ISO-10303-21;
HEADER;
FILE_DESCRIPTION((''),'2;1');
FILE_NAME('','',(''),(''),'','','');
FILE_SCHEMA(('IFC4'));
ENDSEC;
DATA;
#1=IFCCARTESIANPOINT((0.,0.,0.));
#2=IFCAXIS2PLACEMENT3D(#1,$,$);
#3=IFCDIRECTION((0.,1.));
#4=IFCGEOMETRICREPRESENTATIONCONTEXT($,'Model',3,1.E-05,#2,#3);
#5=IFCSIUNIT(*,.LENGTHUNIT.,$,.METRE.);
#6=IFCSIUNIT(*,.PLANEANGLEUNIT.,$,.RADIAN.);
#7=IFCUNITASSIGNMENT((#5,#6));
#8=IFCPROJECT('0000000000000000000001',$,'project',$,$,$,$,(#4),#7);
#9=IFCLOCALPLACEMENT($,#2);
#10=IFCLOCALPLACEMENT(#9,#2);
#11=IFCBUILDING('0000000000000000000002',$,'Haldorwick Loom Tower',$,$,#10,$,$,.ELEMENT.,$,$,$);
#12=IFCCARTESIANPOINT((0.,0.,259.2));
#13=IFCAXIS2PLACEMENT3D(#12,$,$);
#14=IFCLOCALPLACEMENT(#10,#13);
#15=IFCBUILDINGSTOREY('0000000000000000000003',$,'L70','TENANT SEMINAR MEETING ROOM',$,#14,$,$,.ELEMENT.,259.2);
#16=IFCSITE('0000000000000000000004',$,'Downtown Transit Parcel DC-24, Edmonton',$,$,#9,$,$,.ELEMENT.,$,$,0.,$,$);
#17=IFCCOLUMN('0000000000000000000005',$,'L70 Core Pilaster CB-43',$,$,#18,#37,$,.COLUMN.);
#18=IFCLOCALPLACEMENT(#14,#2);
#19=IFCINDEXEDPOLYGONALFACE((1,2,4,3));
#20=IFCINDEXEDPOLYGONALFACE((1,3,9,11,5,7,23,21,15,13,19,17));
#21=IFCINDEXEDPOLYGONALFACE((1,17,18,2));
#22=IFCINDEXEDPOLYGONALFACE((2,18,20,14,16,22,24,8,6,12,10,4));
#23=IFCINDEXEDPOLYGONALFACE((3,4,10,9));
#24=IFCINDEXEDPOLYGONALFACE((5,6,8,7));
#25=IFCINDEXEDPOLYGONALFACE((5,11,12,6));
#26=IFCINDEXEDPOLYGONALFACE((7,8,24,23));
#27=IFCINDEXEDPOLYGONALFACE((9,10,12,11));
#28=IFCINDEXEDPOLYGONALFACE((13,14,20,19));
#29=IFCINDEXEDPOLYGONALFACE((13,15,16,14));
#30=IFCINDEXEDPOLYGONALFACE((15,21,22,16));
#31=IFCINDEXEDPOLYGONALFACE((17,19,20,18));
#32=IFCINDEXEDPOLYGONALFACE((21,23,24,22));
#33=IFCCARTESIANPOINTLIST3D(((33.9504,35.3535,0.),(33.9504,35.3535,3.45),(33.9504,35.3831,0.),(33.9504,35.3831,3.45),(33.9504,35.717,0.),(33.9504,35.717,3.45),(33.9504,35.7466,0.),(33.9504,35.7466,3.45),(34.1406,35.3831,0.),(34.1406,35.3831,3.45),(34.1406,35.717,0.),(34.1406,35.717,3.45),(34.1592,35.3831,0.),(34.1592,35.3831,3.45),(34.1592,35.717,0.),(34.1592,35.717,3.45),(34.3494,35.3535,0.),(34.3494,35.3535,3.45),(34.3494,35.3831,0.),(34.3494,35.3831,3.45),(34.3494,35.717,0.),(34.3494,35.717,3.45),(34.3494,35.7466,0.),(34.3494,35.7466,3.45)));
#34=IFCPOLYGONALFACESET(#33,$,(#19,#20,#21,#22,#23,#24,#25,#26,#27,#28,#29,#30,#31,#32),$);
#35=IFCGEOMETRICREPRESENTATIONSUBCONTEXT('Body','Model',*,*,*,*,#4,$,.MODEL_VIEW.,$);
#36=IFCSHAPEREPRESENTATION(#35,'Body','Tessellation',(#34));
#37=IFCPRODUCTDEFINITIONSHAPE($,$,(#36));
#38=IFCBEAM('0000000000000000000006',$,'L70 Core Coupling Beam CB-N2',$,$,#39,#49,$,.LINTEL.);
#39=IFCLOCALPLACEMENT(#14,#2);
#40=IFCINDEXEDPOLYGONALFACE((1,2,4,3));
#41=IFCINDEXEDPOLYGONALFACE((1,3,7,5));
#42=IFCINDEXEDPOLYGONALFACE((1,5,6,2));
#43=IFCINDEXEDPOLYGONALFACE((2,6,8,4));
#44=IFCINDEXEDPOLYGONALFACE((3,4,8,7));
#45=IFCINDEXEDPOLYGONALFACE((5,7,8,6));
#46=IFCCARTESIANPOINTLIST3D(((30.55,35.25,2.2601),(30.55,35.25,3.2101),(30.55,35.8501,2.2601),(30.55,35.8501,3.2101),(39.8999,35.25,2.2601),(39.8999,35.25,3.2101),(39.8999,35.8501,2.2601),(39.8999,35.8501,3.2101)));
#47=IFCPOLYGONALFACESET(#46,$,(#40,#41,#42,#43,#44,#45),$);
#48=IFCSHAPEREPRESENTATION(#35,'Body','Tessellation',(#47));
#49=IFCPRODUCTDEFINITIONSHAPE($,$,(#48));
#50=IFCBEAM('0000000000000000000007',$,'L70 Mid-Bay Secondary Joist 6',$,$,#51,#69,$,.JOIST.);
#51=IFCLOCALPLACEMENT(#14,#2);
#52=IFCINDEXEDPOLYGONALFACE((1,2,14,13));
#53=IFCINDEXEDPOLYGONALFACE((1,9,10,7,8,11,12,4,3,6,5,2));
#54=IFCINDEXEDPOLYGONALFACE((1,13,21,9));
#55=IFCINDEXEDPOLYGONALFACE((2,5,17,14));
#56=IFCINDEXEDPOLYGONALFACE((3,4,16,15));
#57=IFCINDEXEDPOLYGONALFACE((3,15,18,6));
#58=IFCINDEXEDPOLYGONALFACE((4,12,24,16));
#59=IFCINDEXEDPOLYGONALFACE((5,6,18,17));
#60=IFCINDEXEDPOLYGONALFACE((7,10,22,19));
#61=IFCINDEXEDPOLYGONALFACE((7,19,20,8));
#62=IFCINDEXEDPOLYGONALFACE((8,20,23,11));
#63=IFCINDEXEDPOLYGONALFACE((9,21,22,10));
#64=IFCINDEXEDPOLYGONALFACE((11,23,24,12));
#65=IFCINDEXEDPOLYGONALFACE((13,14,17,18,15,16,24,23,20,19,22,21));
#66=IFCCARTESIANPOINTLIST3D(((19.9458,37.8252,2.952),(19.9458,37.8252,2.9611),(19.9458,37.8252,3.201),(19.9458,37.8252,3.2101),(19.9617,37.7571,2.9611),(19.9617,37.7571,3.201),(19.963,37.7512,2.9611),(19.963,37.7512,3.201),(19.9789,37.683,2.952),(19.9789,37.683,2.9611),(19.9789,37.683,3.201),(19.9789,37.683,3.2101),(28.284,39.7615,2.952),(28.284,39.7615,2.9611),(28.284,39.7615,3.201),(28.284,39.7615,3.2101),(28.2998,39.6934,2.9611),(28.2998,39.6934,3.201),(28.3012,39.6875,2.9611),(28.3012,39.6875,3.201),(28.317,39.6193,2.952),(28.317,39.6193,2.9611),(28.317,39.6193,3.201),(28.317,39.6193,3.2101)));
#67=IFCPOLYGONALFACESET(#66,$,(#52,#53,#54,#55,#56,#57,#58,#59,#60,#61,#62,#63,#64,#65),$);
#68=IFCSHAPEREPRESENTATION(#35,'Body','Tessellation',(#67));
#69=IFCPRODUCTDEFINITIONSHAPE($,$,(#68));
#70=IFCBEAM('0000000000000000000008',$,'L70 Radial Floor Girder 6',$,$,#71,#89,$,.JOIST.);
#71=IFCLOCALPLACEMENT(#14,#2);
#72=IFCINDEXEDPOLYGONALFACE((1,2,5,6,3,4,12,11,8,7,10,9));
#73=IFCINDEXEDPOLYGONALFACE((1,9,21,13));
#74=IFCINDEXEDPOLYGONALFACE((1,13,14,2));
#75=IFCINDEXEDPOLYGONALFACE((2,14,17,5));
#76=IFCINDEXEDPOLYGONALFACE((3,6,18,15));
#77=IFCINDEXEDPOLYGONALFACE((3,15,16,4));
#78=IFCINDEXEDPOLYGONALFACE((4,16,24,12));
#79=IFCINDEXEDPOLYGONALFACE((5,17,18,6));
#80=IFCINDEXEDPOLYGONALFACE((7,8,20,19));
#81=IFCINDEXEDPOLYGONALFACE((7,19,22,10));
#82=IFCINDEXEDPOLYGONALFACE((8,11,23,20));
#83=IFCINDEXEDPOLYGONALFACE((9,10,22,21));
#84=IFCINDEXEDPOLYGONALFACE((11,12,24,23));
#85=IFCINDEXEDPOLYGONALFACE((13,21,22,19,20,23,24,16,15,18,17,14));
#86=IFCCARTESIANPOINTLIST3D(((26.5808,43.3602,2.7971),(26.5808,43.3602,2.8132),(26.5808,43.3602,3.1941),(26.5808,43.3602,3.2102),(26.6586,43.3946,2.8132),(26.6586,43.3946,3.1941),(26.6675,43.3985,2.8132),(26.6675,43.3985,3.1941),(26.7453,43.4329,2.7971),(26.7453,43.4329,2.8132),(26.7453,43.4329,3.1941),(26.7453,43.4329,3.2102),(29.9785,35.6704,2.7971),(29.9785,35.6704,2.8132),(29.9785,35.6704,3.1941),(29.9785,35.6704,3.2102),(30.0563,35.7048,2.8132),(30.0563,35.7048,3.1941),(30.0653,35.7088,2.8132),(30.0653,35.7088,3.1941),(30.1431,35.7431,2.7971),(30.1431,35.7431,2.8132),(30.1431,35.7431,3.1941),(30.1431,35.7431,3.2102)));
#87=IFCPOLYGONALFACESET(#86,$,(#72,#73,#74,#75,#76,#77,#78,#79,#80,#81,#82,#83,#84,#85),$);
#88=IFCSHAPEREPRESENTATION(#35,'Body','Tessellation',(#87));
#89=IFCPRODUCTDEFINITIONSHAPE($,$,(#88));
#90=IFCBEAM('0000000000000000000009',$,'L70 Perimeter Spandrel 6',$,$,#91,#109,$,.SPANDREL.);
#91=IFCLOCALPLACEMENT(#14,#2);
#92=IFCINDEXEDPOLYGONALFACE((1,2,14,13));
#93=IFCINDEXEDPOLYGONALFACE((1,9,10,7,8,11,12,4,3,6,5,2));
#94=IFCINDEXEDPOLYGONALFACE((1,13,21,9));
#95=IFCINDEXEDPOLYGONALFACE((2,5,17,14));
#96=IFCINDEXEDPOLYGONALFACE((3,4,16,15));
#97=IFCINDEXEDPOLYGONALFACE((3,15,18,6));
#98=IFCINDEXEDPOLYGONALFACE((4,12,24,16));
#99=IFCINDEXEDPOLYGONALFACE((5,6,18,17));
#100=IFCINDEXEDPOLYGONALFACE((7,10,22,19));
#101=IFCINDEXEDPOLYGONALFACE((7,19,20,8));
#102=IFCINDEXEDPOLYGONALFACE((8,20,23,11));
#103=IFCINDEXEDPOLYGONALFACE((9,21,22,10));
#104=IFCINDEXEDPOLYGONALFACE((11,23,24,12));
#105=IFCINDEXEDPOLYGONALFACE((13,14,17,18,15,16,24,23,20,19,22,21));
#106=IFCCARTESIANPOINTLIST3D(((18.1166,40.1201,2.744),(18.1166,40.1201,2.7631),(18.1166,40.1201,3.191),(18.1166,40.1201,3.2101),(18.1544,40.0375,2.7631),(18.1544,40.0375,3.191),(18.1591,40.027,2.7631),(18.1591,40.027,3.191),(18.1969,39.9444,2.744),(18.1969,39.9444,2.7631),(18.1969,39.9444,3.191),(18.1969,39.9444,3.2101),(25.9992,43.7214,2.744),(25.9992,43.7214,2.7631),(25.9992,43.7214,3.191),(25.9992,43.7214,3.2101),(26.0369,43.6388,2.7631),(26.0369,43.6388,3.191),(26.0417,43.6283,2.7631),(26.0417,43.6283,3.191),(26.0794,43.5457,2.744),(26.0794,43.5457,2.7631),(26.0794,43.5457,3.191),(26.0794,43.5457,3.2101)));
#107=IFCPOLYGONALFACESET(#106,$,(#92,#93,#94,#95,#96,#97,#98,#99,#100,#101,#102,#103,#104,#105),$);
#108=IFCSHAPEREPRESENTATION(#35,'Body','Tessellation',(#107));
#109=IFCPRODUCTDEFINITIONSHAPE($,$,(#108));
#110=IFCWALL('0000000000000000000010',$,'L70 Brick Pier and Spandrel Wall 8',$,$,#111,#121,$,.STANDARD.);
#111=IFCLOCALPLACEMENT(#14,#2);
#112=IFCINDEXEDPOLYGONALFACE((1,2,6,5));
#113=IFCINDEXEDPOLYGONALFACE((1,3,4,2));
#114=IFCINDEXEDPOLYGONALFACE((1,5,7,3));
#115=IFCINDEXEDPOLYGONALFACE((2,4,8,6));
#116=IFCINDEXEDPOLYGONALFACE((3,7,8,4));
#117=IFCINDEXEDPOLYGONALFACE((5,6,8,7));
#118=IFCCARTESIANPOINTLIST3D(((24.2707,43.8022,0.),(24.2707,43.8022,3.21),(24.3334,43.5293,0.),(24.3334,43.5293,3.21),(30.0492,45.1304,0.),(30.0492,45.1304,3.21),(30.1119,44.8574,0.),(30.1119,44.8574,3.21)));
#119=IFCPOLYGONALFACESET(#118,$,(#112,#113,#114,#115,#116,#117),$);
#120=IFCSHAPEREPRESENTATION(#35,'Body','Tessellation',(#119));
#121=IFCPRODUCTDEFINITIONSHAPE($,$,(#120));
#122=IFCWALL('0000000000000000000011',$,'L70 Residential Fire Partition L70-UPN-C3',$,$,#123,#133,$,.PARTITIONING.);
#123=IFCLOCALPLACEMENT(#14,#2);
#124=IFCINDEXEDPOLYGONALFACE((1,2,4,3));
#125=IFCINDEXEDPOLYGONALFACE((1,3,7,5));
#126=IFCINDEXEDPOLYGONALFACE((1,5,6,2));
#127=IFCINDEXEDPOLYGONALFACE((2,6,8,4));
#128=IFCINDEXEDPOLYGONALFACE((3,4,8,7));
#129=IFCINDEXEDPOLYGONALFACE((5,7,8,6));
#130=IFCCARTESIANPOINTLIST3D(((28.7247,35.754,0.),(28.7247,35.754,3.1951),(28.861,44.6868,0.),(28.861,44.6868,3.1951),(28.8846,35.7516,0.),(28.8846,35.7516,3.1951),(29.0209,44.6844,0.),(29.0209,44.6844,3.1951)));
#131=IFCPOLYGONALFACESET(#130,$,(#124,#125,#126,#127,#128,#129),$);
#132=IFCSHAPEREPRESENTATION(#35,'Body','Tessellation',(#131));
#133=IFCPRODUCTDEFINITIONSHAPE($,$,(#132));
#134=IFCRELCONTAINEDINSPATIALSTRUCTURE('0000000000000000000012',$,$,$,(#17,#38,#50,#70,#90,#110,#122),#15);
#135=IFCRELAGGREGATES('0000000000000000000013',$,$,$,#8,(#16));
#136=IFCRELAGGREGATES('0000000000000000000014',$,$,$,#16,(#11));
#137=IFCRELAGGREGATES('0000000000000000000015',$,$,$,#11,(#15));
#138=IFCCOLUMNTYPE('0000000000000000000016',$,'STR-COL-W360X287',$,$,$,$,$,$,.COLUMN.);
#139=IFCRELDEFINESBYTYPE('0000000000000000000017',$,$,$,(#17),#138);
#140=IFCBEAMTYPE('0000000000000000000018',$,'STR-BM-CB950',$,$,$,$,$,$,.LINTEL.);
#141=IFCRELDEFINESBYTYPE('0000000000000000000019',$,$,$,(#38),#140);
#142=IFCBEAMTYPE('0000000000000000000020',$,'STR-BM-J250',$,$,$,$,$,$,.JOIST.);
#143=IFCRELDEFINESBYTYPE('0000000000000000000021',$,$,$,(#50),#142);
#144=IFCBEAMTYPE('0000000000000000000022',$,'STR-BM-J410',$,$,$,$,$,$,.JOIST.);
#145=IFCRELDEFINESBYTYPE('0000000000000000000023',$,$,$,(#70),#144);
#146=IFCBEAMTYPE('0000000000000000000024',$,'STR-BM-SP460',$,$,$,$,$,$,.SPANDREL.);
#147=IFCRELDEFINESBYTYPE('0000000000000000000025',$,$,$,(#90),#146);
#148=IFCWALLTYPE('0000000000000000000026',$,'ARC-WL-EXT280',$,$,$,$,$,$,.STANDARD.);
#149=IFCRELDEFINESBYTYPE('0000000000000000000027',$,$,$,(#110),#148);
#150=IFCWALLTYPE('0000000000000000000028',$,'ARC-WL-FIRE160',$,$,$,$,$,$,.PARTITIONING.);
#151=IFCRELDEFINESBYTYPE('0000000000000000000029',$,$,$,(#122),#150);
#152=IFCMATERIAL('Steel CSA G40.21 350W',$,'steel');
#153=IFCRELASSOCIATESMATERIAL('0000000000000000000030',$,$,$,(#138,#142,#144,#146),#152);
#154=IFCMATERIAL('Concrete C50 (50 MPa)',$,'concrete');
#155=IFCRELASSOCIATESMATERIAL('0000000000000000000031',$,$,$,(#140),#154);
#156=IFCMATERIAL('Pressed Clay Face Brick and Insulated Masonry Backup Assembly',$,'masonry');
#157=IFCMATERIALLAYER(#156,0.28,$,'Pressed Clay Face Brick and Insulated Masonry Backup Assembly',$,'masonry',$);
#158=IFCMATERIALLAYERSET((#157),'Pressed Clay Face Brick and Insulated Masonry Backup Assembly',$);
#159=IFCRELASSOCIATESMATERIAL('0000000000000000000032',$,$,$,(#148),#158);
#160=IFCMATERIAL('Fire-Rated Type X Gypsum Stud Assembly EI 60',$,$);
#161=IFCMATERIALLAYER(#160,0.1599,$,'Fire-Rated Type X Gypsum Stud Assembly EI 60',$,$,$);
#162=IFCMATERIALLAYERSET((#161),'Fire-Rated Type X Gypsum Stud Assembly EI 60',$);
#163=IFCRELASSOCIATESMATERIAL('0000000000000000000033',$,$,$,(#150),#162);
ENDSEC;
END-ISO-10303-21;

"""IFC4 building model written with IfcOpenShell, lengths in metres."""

from ifc_helpers import new_model, si_unit, direction, frame, frame_2d, origin, origin_2d, place, context, subcontext, project, spatial, rectangle, i_section, extrude, material, layer, layer_set, material_profile, profile_set, type_object, element, save


model = new_model("IFC4")

# Units and contexts
model_context = context("Model", 3, precision=1e-05, world=origin(), true_north=direction((0.0, 1.0)))
body_context = subcontext(model_context, "Body", "Model", "MODEL_VIEW")
ifc_project = project(units=[si_unit("LENGTHUNIT", "METRE"), si_unit("PLANEANGLEUNIT", "RADIAN")], contexts=[model_context])

# Site, building, storey
site_placement = place(None, origin())
site = spatial("IfcSite", under=ifc_project, at=site_placement, Name="Downtown Transit Parcel DC-24, Edmonton", CompositionType="ELEMENT", RefElevation=0.0)
building_placement = place(site_placement, origin())
building = spatial("IfcBuilding", under=site, at=building_placement, Name="Haldorwick Loom Tower", CompositionType="ELEMENT")
storey_placement = place(building_placement, frame((0.0, 0.0, 259.2)))
storey = spatial("IfcBuildingStorey", under=building, at=storey_placement, Name="L70", Description="TENANT SEMINAR MEETING ROOM", CompositionType="ELEMENT", Elevation=259.2)

# Column
ifc_material_1 = material(Name="Steel CSA G40.21 350W", Category="steel")
ifc_material_profile_1 = material_profile(ifc_material_1, i_section(OverallWidth=0.3989, OverallDepth=0.3931, WebThickness=0.0186, FlangeThickness=0.0295, at=origin_2d()), Name="W360X287", Category="steel")
ifc_profile_set_1 = profile_set([ifc_material_profile_1], Name="Steel CSA G40.21 350W")
column_type_1 = type_object("IfcColumnType", Name="STR-COL-W360X287", PredefinedType="COLUMN", material=ifc_profile_set_1)
for number, where, z_axis, x_axis, name in (
    (1, (34.1499, 35.55, 0.0), (0.0, 0.0, 1.0), (1.0, 0.0, 0.0), "L70 Core Pilaster CB-43"),
):
    element("IfcColumn", number, at=place(storey_placement, frame(where, z_axis=z_axis, x_axis=x_axis)), inside=storey, type_object=column_type_1, Name=name, PredefinedType="COLUMN", context=body_context, shape_type="SweptSolid", body=[
        extrude(i_section(OverallWidth=0.3989, OverallDepth=0.3931, WebThickness=0.0186, FlangeThickness=0.0295, at=origin_2d()), origin(), (0.0, 0.0, 1.0), 3.45),
    ])

# Beams
ifc_material_2 = material(Name="Concrete C50 (50 MPa)", Category="concrete")
ifc_material_profile_2 = material_profile(ifc_material_2, rectangle(XDim=0.6001, YDim=0.95, at=origin_2d()), Name="RC600X950", Category="concrete")
ifc_profile_set_2 = profile_set([ifc_material_profile_2], Name="Concrete C50 (50 MPa)")
beam_type_1 = type_object("IfcBeamType", Name="STR-BM-CB950", PredefinedType="LINTEL", material=ifc_profile_set_2)
beam_1_placement = place(storey_placement, frame((30.55, 35.55, 2.7351), z_axis=(1.0, 0.0, 0.0), x_axis=(0.0, 1.0, 0.0)))
element("IfcBeam", 2, at=beam_1_placement, inside=storey, type_object=beam_type_1, Name="L70 Core Coupling Beam CB-N2", PredefinedType="LINTEL", context=body_context, shape_type="SweptSolid", body=[
    extrude(rectangle(XDim=0.6001, YDim=0.95, at=origin_2d()), origin(), (0.0, 0.0, 1.0), 9.3499),
])
ifc_material_profile_3 = material_profile(ifc_material_1, i_section(OverallWidth=0.146, OverallDepth=0.2581, WebThickness=0.0061, FlangeThickness=0.009, at=origin_2d()), Name="W250X33", Category="steel")
ifc_profile_set_3 = profile_set([ifc_material_profile_3], Name="Steel CSA G40.21 350W")
beam_type_2 = type_object("IfcBeamType", Name="STR-BM-J250", PredefinedType="JOIST", material=ifc_profile_set_3)
beam_2_placement = place(storey_placement, frame((28.3005, 39.6904, 3.0811), z_axis=(-0.974081, -0.226201, 0.0), x_axis=(0.226201, -0.974081, 0.0)))
element("IfcBeam", 3, at=beam_2_placement, inside=storey, type_object=beam_type_2, Name="L70 Mid-Bay Secondary Joist 6", PredefinedType="JOIST", context=body_context, shape_type="SweptSolid", body=[
    extrude(i_section(OverallWidth=0.146, OverallDepth=0.2581, WebThickness=0.0061, FlangeThickness=0.009, at=origin_2d()), origin(), (0.0, 0.0, 1.0), 8.5601),
])
ifc_material_profile_4 = material_profile(ifc_material_1, i_section(OverallWidth=0.1799, OverallDepth=0.4131, WebThickness=0.0098, FlangeThickness=0.0161, at=origin_2d()), Name="W410X74", Category="steel")
ifc_profile_set_4 = profile_set([ifc_material_profile_4], Name="Steel CSA G40.21 350W")
beam_type_3 = type_object("IfcBeamType", Name="STR-BM-J410", PredefinedType="JOIST", material=ifc_profile_set_4)
beam_3_placement = place(storey_placement, frame((30.0608, 35.7068, 3.0037), z_axis=(-0.404157, 0.91469, 0.0), x_axis=(-0.91469, -0.404157, 0.0)))
element("IfcBeam", 4, at=beam_3_placement, inside=storey, type_object=beam_type_3, Name="L70 Radial Floor Girder 6", PredefinedType="JOIST", context=body_context, shape_type="SweptSolid", body=[
    extrude(i_section(OverallWidth=0.1799, OverallDepth=0.4131, WebThickness=0.0098, FlangeThickness=0.0161, at=origin_2d()), origin(), (0.0, 0.0, 1.0), 8.407),
])
ifc_material_profile_5 = material_profile(ifc_material_1, i_section(OverallWidth=0.1931, OverallDepth=0.4661, WebThickness=0.0115, FlangeThickness=0.019, at=origin_2d()), Name="W460X97", Category="steel")
ifc_profile_set_5 = profile_set([ifc_material_profile_5], Name="Steel CSA G40.21 350W")
beam_type_4 = type_object("IfcBeamType", Name="STR-BM-SP460", PredefinedType="SPANDREL", material=ifc_profile_set_5)
beam_4_placement = place(storey_placement, frame((26.0393, 43.6335, 2.9771), z_axis=(-0.909568, -0.415555, 0.0), x_axis=(0.415555, -0.909568, 0.0)))
element("IfcBeam", 5, at=beam_4_placement, inside=storey, type_object=beam_type_4, Name="L70 Perimeter Spandrel 6", PredefinedType="SPANDREL", context=body_context, shape_type="SweptSolid", body=[
    extrude(i_section(OverallWidth=0.1931, OverallDepth=0.4661, WebThickness=0.0115, FlangeThickness=0.019, at=origin_2d()), origin(), (0.0, 0.0, 1.0), 8.6663),
])

# Walls
ifc_material_3 = material(Name="Pressed Clay Face Brick and Insulated Masonry Backup Assembly", Category="masonry")
ifc_layer_1 = layer(ifc_material_3, 0.28, Name="Pressed Clay Face Brick and Insulated Masonry Backup Assembly", Category="masonry")
ifc_layer_set_1 = layer_set([ifc_layer_1], Name="Pressed Clay Face Brick and Insulated Masonry Backup Assembly")
wall_type_1 = type_object("IfcWallType", Name="ARC-WL-EXT280", PredefinedType="STANDARD", material=ifc_layer_set_1)
wall_1_placement = place(storey_placement, frame((30.0806, 44.9939, 0.0), z_axis=(0.0, 0.0, 1.0), x_axis=(-0.97459, -0.223996, 0.0)))
element("IfcWall", 6, at=wall_1_placement, inside=storey, type_object=wall_type_1, Name="L70 Brick Pier and Spandrel Wall 8", PredefinedType="STANDARD", context=body_context, shape_type="SweptSolid", body=[
    extrude(rectangle(XDim=5.9292, YDim=0.28, at=frame_2d((2.9646, 0.0))), origin(), (0.0, 0.0, 1.0), 3.21),
])
ifc_material_4 = material(Name="Fire-Rated Type X Gypsum Stud Assembly EI 60")
ifc_layer_2 = layer(ifc_material_4, 0.1599, Name="Fire-Rated Type X Gypsum Stud Assembly EI 60")
ifc_layer_set_2 = layer_set([ifc_layer_2], Name="Fire-Rated Type X Gypsum Stud Assembly EI 60")
wall_type_2 = type_object("IfcWallType", Name="ARC-WL-FIRE160", PredefinedType="PARTITIONING", material=ifc_layer_set_2)
wall_2_placement = place(storey_placement, frame((28.8047, 35.7529, 0.0), z_axis=(0.0, 0.0, 1.0), x_axis=(0.015249, 0.999884, 0.0)))
element("IfcWall", 7, at=wall_2_placement, inside=storey, type_object=wall_type_2, Name="L70 Residential Fire Partition L70-UPN-C3", PredefinedType="PARTITIONING", context=body_context, shape_type="SweptSolid", body=[
    extrude(rectangle(XDim=8.9338, YDim=0.1599, at=frame_2d((4.4668, 0.0))), origin(), (0.0, 0.0, 1.0), 3.1951),
])

save(model, "model.ifc")
